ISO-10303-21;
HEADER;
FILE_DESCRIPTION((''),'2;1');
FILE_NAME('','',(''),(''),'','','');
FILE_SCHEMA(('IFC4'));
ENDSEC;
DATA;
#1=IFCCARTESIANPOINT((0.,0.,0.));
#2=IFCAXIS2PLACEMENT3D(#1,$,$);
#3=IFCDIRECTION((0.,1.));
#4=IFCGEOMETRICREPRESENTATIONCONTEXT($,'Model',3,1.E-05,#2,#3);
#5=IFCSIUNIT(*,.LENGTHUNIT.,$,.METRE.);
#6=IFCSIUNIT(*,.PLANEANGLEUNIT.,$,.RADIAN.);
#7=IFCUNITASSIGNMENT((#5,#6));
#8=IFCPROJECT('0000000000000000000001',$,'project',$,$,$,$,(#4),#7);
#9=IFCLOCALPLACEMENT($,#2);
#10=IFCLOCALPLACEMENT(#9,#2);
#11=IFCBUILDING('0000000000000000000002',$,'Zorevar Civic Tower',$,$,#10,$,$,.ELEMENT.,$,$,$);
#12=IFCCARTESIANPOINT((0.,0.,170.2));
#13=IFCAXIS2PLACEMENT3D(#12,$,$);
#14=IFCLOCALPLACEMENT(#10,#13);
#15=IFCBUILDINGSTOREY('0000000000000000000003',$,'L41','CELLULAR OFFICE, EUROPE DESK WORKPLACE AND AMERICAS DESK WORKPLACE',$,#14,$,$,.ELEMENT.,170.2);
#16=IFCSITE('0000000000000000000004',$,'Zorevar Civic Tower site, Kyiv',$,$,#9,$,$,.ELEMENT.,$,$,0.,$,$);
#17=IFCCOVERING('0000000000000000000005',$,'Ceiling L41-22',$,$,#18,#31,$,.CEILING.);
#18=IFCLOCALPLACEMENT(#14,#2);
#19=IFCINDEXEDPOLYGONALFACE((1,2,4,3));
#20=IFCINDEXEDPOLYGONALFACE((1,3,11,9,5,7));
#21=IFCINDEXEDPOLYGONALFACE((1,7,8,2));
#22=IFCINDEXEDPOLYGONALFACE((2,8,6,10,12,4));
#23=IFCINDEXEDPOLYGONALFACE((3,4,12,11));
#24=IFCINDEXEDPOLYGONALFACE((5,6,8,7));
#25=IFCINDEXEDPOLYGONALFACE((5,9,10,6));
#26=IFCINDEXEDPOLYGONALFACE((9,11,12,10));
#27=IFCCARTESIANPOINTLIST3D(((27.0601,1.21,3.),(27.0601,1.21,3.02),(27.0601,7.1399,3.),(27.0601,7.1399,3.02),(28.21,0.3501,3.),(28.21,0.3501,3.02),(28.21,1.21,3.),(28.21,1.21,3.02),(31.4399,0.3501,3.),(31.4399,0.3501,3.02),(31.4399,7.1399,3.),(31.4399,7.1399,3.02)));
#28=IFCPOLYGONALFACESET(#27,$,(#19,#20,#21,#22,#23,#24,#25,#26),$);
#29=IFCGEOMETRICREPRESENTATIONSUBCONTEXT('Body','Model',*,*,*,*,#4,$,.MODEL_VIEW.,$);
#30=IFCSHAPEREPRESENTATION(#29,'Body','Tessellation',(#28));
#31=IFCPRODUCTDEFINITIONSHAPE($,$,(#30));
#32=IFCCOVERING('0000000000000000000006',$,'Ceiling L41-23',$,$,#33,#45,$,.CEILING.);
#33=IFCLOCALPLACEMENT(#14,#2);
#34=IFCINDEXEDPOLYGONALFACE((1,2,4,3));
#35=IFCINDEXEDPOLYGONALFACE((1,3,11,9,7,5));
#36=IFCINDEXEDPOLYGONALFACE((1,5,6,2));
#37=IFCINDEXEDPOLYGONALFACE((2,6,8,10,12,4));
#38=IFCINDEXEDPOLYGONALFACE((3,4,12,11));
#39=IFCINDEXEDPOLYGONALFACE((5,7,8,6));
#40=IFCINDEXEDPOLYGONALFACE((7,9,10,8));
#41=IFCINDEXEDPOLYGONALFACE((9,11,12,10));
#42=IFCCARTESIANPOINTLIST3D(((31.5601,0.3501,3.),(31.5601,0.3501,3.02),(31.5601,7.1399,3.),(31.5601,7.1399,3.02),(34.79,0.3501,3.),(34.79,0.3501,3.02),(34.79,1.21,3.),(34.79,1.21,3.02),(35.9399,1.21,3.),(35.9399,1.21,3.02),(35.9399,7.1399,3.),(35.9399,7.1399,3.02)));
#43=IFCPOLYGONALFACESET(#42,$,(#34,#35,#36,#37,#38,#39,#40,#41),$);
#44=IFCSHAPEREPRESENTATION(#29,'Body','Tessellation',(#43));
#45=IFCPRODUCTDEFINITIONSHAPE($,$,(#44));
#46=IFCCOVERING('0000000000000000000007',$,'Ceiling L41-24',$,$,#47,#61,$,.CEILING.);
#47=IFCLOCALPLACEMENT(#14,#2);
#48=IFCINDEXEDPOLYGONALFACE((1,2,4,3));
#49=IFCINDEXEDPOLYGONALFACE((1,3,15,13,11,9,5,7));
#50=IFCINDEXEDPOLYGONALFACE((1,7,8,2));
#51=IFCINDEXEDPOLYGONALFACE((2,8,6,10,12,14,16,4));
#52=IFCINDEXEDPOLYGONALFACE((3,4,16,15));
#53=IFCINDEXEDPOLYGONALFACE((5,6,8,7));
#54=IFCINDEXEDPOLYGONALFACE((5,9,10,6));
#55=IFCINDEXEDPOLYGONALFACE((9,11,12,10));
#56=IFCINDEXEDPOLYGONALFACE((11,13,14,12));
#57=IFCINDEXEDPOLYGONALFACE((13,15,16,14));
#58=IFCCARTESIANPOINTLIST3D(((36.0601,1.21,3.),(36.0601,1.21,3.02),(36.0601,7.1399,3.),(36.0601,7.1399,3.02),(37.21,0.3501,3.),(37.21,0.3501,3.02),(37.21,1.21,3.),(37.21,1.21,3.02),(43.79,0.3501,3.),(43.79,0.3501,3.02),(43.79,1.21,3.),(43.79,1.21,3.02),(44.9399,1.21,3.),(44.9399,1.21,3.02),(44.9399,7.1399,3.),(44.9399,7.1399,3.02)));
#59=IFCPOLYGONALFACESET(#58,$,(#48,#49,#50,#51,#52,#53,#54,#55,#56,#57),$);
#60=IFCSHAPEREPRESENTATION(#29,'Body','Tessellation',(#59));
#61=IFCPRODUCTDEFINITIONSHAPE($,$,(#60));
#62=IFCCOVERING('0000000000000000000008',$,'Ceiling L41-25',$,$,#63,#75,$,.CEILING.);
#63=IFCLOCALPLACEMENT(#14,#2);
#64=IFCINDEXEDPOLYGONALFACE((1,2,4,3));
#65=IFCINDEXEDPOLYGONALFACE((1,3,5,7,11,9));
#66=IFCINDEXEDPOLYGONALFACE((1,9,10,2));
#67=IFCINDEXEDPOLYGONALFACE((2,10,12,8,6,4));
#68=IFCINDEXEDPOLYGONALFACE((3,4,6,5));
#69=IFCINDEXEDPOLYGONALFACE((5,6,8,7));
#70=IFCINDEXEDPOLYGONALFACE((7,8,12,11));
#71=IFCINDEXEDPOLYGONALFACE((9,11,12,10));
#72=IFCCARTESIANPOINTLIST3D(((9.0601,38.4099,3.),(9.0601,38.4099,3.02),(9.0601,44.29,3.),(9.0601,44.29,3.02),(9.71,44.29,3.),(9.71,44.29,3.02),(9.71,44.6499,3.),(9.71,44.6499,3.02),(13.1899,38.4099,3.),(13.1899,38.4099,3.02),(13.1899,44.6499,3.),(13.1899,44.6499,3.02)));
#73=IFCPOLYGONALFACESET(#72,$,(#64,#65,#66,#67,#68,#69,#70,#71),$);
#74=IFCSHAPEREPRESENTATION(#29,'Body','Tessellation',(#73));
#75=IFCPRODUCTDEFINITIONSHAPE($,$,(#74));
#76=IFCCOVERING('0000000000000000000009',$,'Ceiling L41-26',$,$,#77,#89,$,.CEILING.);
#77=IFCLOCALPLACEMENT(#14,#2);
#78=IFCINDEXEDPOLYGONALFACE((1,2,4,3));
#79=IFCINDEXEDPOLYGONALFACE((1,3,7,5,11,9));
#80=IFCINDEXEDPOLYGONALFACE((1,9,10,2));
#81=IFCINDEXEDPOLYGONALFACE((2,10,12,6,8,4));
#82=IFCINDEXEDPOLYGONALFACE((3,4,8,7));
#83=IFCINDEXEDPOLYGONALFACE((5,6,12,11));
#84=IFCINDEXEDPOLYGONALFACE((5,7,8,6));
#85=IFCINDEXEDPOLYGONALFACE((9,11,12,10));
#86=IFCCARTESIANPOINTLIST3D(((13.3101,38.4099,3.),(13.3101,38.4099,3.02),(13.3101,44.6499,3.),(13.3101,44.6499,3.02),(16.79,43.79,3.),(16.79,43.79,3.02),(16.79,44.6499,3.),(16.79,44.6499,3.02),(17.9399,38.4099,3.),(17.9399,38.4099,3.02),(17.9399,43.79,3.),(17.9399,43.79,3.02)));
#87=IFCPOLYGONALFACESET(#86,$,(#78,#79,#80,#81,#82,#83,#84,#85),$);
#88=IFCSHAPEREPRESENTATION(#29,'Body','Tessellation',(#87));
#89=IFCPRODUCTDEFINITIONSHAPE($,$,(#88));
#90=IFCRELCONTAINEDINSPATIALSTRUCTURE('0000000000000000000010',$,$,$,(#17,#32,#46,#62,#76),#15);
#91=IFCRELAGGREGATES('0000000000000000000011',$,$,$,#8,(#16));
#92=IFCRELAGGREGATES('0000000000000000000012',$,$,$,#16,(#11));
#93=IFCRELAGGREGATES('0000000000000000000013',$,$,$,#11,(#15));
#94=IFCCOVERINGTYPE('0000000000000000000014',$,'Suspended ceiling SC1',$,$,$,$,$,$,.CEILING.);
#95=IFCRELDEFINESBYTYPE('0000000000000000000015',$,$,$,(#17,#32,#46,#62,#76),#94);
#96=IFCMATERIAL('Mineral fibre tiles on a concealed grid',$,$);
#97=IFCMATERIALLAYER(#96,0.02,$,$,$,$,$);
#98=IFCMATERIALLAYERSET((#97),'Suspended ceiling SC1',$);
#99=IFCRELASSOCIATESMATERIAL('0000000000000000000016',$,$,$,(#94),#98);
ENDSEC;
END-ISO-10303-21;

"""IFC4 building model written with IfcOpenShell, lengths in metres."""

from ifc_helpers import new_model, si_unit, direction, frame, origin, place, context, subcontext, project, spatial, polyline, outline, extrude, material, layer, layer_set, type_object, element, save


model = new_model("IFC4")

# Units and contexts
model_context = context("Model", 3, precision=1e-05, world=origin(), true_north=direction((0.0, 1.0)))
body_context = subcontext(model_context, "Body", "Model", "MODEL_VIEW")
ifc_project = project(units=[si_unit("LENGTHUNIT", "METRE"), si_unit("PLANEANGLEUNIT", "RADIAN")], contexts=[model_context])

# Site, building, storey
site_placement = place(None, origin())
site = spatial("IfcSite", under=ifc_project, at=site_placement, Name="Zorevar Civic Tower site, Kyiv", CompositionType="ELEMENT", RefElevation=0.0)
building_placement = place(site_placement, origin())
building = spatial("IfcBuilding", under=site, at=building_placement, Name="Zorevar Civic Tower", CompositionType="ELEMENT")
storey_placement = place(building_placement, frame((0.0, 0.0, 170.2)))
storey = spatial("IfcBuildingStorey", under=building, at=storey_placement, Name="L41", Description="CELLULAR OFFICE, EUROPE DESK WORKPLACE AND AMERICAS DESK WORKPLACE", CompositionType="ELEMENT", Elevation=170.2)

# Coverings
ifc_material_1 = material(Name="Mineral fibre tiles on a concealed grid")
ifc_layer_1 = layer(ifc_material_1, 0.02)
ifc_layer_set_1 = layer_set([ifc_layer_1], Name="Suspended ceiling SC1")
covering_type_1 = type_object("IfcCoveringType", Name="Suspended ceiling SC1", PredefinedType="CEILING", material=ifc_layer_set_1)
covering_1_placement = place(storey_placement, frame((0.0, 0.0, 3.0)))
element("IfcCovering", 1, at=covering_1_placement, inside=storey, type_object=covering_type_1, Name="Ceiling L41-22", PredefinedType="CEILING", context=body_context, shape_type="SweptSolid", body=[
    extrude(outline(polyline([(31.4399, 7.1399), (31.4399, 0.3501), (28.21, 0.3501), (28.21, 1.21), (27.0601, 1.21), (27.0601, 7.1399), (31.4399, 7.1399)])), origin(), (0.0, 0.0, 1.0), 0.02),
])
covering_2_placement = place(storey_placement, frame((0.0, 0.0, 3.0)))
element("IfcCovering", 2, at=covering_2_placement, inside=storey, type_object=covering_type_1, Name="Ceiling L41-23", PredefinedType="CEILING", context=body_context, shape_type="SweptSolid", body=[
    extrude(outline(polyline([(35.9399, 7.1399), (35.9399, 1.21), (34.79, 1.21), (34.79, 0.3501), (31.5601, 0.3501), (31.5601, 7.1399), (35.9399, 7.1399)])), origin(), (0.0, 0.0, 1.0), 0.02),
])
covering_3_placement = place(storey_placement, frame((0.0, 0.0, 3.0)))
element("IfcCovering", 3, at=covering_3_placement, inside=storey, type_object=covering_type_1, Name="Ceiling L41-24", PredefinedType="CEILING", context=body_context, shape_type="SweptSolid", body=[
    extrude(outline(polyline([(37.21, 0.3501), (37.21, 1.21), (36.0601, 1.21), (36.0601, 7.1399), (44.9399, 7.1399), (44.9399, 1.21), (43.79, 1.21), (43.79, 0.3501), (37.21, 0.3501)])), origin(), (0.0, 0.0, 1.0), 0.02),
])
covering_4_placement = place(storey_placement, frame((0.0, 0.0, 3.0)))
element("IfcCovering", 4, at=covering_4_placement, inside=storey, type_object=covering_type_1, Name="Ceiling L41-25", PredefinedType="CEILING", context=body_context, shape_type="SweptSolid", body=[
    extrude(outline(polyline([(9.0601, 38.4099), (9.0601, 44.29), (9.71, 44.29), (9.71, 44.6499), (13.1899, 44.6499), (13.1899, 38.4099), (9.0601, 38.4099)])), origin(), (0.0, 0.0, 1.0), 0.02),
])
covering_5_placement = place(storey_placement, frame((0.0, 0.0, 3.0)))
element("IfcCovering", 5, at=covering_5_placement, inside=storey, type_object=covering_type_1, Name="Ceiling L41-26", PredefinedType="CEILING", context=body_context, shape_type="SweptSolid", body=[
    extrude(outline(polyline([(13.3101, 38.4099), (13.3101, 44.6499), (16.79, 44.6499), (16.79, 43.79), (17.9399, 43.79), (17.9399, 38.4099), (13.3101, 38.4099)])), origin(), (0.0, 0.0, 1.0), 0.02),
])

save(model, "model.ifc")
